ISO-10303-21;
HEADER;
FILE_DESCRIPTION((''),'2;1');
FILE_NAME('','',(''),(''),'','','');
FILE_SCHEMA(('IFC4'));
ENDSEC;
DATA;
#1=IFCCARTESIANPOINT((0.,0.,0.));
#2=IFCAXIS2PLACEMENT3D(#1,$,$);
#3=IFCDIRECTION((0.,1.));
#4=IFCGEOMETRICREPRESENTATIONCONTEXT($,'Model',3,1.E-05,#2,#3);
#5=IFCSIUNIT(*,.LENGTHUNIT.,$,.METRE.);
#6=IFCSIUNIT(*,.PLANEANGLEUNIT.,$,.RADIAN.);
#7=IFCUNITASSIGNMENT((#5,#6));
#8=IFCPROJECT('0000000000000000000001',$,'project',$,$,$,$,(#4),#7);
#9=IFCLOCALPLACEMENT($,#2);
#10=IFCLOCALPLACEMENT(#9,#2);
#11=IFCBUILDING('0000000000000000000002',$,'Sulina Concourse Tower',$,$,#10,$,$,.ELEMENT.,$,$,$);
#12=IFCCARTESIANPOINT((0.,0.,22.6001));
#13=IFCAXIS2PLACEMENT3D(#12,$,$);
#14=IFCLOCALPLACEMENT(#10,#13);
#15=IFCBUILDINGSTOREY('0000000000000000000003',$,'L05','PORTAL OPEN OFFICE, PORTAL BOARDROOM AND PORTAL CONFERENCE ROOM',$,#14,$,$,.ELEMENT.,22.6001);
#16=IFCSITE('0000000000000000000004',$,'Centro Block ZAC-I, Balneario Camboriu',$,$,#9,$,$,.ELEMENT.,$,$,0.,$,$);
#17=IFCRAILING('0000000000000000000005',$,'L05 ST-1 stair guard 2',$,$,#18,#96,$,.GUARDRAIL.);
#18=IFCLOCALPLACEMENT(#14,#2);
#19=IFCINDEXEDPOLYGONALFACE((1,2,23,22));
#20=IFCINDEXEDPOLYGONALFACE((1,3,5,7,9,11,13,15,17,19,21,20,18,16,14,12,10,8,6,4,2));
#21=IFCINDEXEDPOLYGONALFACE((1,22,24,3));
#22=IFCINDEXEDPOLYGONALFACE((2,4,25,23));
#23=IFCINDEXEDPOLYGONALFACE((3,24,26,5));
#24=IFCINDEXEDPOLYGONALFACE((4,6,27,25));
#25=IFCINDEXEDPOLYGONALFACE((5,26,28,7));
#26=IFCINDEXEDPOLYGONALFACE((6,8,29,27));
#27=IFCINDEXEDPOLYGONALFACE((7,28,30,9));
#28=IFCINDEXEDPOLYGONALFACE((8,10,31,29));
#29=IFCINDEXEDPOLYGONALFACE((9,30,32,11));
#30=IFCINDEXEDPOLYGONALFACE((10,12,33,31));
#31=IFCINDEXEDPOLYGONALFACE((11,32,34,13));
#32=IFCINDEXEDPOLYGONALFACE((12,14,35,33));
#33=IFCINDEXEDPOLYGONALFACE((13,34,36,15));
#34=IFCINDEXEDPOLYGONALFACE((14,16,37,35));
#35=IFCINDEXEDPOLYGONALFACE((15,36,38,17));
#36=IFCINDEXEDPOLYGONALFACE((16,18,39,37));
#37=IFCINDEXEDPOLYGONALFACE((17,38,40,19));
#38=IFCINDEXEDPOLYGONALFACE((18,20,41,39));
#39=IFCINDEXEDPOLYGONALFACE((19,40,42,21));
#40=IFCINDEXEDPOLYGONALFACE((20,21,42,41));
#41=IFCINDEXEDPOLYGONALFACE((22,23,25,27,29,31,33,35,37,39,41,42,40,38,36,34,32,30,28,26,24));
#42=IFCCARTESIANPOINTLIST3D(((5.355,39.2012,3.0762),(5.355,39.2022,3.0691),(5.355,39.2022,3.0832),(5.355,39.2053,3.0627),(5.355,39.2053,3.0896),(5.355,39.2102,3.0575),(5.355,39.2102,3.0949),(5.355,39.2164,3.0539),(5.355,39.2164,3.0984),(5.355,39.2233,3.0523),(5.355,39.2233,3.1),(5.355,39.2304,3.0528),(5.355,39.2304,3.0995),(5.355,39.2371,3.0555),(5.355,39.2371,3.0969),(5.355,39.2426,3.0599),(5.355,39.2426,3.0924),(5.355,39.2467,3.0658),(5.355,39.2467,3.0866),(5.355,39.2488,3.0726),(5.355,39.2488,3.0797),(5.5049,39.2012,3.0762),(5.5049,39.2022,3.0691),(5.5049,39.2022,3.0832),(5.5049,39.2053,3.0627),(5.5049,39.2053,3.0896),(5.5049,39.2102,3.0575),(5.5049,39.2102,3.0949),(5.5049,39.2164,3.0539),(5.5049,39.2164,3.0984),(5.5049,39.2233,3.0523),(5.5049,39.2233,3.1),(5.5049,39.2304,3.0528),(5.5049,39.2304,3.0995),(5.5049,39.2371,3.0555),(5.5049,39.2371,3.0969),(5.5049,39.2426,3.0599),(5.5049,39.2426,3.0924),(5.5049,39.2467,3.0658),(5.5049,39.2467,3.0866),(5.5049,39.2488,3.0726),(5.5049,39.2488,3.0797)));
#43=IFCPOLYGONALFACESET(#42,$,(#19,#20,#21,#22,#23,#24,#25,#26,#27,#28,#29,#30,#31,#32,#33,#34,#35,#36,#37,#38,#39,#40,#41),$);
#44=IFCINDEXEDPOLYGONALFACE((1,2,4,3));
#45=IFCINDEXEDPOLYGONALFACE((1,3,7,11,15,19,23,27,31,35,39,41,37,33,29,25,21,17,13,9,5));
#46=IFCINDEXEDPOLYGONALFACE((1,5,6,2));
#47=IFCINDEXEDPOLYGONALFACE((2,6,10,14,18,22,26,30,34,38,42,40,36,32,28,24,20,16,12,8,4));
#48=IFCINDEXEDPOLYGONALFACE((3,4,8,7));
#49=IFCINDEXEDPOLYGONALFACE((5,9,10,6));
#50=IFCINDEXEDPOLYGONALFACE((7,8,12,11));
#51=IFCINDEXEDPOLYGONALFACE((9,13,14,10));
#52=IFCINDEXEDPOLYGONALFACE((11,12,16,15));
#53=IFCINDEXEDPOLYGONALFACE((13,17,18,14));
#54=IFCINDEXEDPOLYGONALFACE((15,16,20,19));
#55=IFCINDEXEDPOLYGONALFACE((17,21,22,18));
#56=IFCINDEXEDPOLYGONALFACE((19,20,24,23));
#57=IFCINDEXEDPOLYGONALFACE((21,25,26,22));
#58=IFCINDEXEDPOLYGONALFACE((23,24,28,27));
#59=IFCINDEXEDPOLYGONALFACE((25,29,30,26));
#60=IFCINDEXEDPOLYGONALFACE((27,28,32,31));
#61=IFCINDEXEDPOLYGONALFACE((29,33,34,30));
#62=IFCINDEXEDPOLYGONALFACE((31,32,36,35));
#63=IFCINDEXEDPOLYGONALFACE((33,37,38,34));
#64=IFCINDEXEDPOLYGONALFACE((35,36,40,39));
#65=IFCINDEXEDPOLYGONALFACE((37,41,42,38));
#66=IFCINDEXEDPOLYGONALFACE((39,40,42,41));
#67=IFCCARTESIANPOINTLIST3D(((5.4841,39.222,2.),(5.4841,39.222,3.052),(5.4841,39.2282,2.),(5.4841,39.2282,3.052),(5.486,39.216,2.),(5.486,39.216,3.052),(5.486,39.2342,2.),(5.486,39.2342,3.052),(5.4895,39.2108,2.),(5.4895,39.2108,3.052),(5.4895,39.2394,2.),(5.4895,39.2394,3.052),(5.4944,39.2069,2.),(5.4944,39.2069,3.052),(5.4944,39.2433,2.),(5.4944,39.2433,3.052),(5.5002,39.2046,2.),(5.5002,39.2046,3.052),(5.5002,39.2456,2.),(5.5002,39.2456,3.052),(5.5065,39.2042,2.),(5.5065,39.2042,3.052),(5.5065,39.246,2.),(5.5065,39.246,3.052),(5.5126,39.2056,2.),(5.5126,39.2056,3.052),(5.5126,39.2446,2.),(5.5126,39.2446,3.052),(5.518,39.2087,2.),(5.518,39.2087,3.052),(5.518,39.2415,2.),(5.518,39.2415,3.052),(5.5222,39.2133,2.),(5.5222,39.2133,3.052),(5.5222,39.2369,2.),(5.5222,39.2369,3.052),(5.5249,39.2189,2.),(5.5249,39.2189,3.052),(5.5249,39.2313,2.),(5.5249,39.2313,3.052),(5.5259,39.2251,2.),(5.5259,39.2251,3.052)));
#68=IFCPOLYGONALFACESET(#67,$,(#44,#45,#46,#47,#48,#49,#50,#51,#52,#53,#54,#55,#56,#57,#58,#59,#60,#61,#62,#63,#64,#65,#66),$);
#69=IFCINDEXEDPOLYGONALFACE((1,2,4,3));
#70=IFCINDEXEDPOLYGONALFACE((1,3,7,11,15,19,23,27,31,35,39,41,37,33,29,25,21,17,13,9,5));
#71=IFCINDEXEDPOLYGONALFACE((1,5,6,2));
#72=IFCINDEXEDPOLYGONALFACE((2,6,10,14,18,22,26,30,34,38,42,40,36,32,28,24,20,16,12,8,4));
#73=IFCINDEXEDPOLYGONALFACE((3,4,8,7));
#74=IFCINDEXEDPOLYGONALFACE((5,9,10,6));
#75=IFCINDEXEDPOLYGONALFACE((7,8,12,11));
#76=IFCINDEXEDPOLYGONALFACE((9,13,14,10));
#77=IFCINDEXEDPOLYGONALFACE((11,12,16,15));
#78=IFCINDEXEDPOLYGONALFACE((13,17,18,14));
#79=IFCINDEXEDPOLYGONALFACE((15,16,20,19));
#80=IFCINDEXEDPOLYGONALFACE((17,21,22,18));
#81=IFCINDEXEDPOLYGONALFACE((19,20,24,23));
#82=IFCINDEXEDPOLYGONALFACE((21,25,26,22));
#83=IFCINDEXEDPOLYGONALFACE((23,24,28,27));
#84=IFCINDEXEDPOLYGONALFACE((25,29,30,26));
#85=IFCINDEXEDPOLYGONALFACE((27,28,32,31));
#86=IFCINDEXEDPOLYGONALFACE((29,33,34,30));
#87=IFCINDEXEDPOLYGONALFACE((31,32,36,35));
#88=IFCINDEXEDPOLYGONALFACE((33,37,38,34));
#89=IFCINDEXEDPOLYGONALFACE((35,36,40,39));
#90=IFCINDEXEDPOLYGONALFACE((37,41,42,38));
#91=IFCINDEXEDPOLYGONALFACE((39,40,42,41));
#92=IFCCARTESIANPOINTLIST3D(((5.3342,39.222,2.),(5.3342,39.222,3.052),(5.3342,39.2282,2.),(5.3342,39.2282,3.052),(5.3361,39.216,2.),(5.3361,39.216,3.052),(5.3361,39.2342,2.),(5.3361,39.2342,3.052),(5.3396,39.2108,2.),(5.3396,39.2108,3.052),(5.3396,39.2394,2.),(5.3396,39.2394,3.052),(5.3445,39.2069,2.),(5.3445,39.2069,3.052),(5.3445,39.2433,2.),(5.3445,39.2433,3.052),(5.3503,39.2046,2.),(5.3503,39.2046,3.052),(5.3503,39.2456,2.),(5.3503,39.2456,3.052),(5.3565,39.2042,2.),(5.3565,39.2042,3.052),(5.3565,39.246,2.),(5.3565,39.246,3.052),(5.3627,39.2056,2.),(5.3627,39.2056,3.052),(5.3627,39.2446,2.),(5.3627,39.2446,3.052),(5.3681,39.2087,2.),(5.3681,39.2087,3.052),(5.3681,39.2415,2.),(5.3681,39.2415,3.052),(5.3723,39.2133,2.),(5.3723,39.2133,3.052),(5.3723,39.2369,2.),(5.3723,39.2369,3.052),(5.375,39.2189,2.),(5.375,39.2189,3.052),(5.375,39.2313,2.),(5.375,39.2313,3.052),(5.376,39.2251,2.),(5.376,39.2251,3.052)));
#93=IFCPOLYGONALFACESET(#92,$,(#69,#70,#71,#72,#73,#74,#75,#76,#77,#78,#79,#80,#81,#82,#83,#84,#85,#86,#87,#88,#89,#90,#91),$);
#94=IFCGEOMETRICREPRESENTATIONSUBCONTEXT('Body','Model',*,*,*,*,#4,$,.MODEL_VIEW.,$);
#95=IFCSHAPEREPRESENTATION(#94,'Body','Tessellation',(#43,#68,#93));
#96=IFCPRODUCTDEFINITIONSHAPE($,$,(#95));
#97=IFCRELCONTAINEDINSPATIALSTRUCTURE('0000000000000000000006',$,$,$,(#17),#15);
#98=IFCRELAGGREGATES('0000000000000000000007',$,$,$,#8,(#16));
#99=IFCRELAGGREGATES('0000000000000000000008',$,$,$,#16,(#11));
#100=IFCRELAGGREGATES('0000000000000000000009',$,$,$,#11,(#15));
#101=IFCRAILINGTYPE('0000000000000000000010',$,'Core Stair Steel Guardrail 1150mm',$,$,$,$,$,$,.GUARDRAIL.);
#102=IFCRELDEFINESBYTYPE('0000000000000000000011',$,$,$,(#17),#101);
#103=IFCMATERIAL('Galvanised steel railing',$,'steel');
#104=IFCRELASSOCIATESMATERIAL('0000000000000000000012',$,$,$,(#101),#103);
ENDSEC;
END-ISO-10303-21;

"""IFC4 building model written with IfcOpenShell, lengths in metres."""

from ifc_helpers import new_model, si_unit, direction, frame, origin, origin_2d, place, context, subcontext, project, spatial, circle, extrude, material, type_object, element, save


model = new_model("IFC4")

# Units and contexts
model_context = context("Model", 3, precision=1e-05, world=origin(), true_north=direction((0.0, 1.0)))
body_context = subcontext(model_context, "Body", "Model", "MODEL_VIEW")
ifc_project = project(units=[si_unit("LENGTHUNIT", "METRE"), si_unit("PLANEANGLEUNIT", "RADIAN")], contexts=[model_context])

# Site, building, storey
site_placement = place(None, origin())
site = spatial("IfcSite", under=ifc_project, at=site_placement, Name="Centro Block ZAC-I, Balneario Camboriu", CompositionType="ELEMENT", RefElevation=0.0)
building_placement = place(site_placement, origin())
building = spatial("IfcBuilding", under=site, at=building_placement, Name="Sulina Concourse Tower", CompositionType="ELEMENT")
storey_placement = place(building_placement, frame((0.0, 0.0, 22.6001)))
storey = spatial("IfcBuildingStorey", under=building, at=storey_placement, Name="L05", Description="PORTAL OPEN OFFICE, PORTAL BOARDROOM AND PORTAL CONFERENCE ROOM", CompositionType="ELEMENT", Elevation=22.6001)

# Railing
ifc_material_1 = material(Name="Galvanised steel railing", Category="steel")
railing_type_1 = type_object("IfcRailingType", Name="Core Stair Steel Guardrail 1150mm", PredefinedType="GUARDRAIL", material=ifc_material_1)
railing_1_placement = place(storey_placement, frame((5.5049, 39.2251, 2.0)))
element("IfcRailing", 1, at=railing_1_placement, inside=storey, type_object=railing_type_1, Name="L05 ST-1 stair guard 2", PredefinedType="GUARDRAIL", context=body_context, shape_type="SweptSolid", body=[
    extrude(circle(Radius=0.0239, at=origin_2d()), frame((0.0, 0.0, 1.0762), z_axis=(-1.0, 0.0, 0.0), x_axis=(0.0, -1.0, 0.0)), (0.0, 0.0, 1.0), 0.1499),
    extrude(circle(Radius=0.021, at=origin_2d()), origin(), (0.0, 0.0, 1.0), 1.052),
    extrude(circle(Radius=0.021, at=origin_2d()), frame((-0.1499, 0.0, 0.0)), (0.0, 0.0, 1.0), 1.052),
])

save(model, "model.ifc")
